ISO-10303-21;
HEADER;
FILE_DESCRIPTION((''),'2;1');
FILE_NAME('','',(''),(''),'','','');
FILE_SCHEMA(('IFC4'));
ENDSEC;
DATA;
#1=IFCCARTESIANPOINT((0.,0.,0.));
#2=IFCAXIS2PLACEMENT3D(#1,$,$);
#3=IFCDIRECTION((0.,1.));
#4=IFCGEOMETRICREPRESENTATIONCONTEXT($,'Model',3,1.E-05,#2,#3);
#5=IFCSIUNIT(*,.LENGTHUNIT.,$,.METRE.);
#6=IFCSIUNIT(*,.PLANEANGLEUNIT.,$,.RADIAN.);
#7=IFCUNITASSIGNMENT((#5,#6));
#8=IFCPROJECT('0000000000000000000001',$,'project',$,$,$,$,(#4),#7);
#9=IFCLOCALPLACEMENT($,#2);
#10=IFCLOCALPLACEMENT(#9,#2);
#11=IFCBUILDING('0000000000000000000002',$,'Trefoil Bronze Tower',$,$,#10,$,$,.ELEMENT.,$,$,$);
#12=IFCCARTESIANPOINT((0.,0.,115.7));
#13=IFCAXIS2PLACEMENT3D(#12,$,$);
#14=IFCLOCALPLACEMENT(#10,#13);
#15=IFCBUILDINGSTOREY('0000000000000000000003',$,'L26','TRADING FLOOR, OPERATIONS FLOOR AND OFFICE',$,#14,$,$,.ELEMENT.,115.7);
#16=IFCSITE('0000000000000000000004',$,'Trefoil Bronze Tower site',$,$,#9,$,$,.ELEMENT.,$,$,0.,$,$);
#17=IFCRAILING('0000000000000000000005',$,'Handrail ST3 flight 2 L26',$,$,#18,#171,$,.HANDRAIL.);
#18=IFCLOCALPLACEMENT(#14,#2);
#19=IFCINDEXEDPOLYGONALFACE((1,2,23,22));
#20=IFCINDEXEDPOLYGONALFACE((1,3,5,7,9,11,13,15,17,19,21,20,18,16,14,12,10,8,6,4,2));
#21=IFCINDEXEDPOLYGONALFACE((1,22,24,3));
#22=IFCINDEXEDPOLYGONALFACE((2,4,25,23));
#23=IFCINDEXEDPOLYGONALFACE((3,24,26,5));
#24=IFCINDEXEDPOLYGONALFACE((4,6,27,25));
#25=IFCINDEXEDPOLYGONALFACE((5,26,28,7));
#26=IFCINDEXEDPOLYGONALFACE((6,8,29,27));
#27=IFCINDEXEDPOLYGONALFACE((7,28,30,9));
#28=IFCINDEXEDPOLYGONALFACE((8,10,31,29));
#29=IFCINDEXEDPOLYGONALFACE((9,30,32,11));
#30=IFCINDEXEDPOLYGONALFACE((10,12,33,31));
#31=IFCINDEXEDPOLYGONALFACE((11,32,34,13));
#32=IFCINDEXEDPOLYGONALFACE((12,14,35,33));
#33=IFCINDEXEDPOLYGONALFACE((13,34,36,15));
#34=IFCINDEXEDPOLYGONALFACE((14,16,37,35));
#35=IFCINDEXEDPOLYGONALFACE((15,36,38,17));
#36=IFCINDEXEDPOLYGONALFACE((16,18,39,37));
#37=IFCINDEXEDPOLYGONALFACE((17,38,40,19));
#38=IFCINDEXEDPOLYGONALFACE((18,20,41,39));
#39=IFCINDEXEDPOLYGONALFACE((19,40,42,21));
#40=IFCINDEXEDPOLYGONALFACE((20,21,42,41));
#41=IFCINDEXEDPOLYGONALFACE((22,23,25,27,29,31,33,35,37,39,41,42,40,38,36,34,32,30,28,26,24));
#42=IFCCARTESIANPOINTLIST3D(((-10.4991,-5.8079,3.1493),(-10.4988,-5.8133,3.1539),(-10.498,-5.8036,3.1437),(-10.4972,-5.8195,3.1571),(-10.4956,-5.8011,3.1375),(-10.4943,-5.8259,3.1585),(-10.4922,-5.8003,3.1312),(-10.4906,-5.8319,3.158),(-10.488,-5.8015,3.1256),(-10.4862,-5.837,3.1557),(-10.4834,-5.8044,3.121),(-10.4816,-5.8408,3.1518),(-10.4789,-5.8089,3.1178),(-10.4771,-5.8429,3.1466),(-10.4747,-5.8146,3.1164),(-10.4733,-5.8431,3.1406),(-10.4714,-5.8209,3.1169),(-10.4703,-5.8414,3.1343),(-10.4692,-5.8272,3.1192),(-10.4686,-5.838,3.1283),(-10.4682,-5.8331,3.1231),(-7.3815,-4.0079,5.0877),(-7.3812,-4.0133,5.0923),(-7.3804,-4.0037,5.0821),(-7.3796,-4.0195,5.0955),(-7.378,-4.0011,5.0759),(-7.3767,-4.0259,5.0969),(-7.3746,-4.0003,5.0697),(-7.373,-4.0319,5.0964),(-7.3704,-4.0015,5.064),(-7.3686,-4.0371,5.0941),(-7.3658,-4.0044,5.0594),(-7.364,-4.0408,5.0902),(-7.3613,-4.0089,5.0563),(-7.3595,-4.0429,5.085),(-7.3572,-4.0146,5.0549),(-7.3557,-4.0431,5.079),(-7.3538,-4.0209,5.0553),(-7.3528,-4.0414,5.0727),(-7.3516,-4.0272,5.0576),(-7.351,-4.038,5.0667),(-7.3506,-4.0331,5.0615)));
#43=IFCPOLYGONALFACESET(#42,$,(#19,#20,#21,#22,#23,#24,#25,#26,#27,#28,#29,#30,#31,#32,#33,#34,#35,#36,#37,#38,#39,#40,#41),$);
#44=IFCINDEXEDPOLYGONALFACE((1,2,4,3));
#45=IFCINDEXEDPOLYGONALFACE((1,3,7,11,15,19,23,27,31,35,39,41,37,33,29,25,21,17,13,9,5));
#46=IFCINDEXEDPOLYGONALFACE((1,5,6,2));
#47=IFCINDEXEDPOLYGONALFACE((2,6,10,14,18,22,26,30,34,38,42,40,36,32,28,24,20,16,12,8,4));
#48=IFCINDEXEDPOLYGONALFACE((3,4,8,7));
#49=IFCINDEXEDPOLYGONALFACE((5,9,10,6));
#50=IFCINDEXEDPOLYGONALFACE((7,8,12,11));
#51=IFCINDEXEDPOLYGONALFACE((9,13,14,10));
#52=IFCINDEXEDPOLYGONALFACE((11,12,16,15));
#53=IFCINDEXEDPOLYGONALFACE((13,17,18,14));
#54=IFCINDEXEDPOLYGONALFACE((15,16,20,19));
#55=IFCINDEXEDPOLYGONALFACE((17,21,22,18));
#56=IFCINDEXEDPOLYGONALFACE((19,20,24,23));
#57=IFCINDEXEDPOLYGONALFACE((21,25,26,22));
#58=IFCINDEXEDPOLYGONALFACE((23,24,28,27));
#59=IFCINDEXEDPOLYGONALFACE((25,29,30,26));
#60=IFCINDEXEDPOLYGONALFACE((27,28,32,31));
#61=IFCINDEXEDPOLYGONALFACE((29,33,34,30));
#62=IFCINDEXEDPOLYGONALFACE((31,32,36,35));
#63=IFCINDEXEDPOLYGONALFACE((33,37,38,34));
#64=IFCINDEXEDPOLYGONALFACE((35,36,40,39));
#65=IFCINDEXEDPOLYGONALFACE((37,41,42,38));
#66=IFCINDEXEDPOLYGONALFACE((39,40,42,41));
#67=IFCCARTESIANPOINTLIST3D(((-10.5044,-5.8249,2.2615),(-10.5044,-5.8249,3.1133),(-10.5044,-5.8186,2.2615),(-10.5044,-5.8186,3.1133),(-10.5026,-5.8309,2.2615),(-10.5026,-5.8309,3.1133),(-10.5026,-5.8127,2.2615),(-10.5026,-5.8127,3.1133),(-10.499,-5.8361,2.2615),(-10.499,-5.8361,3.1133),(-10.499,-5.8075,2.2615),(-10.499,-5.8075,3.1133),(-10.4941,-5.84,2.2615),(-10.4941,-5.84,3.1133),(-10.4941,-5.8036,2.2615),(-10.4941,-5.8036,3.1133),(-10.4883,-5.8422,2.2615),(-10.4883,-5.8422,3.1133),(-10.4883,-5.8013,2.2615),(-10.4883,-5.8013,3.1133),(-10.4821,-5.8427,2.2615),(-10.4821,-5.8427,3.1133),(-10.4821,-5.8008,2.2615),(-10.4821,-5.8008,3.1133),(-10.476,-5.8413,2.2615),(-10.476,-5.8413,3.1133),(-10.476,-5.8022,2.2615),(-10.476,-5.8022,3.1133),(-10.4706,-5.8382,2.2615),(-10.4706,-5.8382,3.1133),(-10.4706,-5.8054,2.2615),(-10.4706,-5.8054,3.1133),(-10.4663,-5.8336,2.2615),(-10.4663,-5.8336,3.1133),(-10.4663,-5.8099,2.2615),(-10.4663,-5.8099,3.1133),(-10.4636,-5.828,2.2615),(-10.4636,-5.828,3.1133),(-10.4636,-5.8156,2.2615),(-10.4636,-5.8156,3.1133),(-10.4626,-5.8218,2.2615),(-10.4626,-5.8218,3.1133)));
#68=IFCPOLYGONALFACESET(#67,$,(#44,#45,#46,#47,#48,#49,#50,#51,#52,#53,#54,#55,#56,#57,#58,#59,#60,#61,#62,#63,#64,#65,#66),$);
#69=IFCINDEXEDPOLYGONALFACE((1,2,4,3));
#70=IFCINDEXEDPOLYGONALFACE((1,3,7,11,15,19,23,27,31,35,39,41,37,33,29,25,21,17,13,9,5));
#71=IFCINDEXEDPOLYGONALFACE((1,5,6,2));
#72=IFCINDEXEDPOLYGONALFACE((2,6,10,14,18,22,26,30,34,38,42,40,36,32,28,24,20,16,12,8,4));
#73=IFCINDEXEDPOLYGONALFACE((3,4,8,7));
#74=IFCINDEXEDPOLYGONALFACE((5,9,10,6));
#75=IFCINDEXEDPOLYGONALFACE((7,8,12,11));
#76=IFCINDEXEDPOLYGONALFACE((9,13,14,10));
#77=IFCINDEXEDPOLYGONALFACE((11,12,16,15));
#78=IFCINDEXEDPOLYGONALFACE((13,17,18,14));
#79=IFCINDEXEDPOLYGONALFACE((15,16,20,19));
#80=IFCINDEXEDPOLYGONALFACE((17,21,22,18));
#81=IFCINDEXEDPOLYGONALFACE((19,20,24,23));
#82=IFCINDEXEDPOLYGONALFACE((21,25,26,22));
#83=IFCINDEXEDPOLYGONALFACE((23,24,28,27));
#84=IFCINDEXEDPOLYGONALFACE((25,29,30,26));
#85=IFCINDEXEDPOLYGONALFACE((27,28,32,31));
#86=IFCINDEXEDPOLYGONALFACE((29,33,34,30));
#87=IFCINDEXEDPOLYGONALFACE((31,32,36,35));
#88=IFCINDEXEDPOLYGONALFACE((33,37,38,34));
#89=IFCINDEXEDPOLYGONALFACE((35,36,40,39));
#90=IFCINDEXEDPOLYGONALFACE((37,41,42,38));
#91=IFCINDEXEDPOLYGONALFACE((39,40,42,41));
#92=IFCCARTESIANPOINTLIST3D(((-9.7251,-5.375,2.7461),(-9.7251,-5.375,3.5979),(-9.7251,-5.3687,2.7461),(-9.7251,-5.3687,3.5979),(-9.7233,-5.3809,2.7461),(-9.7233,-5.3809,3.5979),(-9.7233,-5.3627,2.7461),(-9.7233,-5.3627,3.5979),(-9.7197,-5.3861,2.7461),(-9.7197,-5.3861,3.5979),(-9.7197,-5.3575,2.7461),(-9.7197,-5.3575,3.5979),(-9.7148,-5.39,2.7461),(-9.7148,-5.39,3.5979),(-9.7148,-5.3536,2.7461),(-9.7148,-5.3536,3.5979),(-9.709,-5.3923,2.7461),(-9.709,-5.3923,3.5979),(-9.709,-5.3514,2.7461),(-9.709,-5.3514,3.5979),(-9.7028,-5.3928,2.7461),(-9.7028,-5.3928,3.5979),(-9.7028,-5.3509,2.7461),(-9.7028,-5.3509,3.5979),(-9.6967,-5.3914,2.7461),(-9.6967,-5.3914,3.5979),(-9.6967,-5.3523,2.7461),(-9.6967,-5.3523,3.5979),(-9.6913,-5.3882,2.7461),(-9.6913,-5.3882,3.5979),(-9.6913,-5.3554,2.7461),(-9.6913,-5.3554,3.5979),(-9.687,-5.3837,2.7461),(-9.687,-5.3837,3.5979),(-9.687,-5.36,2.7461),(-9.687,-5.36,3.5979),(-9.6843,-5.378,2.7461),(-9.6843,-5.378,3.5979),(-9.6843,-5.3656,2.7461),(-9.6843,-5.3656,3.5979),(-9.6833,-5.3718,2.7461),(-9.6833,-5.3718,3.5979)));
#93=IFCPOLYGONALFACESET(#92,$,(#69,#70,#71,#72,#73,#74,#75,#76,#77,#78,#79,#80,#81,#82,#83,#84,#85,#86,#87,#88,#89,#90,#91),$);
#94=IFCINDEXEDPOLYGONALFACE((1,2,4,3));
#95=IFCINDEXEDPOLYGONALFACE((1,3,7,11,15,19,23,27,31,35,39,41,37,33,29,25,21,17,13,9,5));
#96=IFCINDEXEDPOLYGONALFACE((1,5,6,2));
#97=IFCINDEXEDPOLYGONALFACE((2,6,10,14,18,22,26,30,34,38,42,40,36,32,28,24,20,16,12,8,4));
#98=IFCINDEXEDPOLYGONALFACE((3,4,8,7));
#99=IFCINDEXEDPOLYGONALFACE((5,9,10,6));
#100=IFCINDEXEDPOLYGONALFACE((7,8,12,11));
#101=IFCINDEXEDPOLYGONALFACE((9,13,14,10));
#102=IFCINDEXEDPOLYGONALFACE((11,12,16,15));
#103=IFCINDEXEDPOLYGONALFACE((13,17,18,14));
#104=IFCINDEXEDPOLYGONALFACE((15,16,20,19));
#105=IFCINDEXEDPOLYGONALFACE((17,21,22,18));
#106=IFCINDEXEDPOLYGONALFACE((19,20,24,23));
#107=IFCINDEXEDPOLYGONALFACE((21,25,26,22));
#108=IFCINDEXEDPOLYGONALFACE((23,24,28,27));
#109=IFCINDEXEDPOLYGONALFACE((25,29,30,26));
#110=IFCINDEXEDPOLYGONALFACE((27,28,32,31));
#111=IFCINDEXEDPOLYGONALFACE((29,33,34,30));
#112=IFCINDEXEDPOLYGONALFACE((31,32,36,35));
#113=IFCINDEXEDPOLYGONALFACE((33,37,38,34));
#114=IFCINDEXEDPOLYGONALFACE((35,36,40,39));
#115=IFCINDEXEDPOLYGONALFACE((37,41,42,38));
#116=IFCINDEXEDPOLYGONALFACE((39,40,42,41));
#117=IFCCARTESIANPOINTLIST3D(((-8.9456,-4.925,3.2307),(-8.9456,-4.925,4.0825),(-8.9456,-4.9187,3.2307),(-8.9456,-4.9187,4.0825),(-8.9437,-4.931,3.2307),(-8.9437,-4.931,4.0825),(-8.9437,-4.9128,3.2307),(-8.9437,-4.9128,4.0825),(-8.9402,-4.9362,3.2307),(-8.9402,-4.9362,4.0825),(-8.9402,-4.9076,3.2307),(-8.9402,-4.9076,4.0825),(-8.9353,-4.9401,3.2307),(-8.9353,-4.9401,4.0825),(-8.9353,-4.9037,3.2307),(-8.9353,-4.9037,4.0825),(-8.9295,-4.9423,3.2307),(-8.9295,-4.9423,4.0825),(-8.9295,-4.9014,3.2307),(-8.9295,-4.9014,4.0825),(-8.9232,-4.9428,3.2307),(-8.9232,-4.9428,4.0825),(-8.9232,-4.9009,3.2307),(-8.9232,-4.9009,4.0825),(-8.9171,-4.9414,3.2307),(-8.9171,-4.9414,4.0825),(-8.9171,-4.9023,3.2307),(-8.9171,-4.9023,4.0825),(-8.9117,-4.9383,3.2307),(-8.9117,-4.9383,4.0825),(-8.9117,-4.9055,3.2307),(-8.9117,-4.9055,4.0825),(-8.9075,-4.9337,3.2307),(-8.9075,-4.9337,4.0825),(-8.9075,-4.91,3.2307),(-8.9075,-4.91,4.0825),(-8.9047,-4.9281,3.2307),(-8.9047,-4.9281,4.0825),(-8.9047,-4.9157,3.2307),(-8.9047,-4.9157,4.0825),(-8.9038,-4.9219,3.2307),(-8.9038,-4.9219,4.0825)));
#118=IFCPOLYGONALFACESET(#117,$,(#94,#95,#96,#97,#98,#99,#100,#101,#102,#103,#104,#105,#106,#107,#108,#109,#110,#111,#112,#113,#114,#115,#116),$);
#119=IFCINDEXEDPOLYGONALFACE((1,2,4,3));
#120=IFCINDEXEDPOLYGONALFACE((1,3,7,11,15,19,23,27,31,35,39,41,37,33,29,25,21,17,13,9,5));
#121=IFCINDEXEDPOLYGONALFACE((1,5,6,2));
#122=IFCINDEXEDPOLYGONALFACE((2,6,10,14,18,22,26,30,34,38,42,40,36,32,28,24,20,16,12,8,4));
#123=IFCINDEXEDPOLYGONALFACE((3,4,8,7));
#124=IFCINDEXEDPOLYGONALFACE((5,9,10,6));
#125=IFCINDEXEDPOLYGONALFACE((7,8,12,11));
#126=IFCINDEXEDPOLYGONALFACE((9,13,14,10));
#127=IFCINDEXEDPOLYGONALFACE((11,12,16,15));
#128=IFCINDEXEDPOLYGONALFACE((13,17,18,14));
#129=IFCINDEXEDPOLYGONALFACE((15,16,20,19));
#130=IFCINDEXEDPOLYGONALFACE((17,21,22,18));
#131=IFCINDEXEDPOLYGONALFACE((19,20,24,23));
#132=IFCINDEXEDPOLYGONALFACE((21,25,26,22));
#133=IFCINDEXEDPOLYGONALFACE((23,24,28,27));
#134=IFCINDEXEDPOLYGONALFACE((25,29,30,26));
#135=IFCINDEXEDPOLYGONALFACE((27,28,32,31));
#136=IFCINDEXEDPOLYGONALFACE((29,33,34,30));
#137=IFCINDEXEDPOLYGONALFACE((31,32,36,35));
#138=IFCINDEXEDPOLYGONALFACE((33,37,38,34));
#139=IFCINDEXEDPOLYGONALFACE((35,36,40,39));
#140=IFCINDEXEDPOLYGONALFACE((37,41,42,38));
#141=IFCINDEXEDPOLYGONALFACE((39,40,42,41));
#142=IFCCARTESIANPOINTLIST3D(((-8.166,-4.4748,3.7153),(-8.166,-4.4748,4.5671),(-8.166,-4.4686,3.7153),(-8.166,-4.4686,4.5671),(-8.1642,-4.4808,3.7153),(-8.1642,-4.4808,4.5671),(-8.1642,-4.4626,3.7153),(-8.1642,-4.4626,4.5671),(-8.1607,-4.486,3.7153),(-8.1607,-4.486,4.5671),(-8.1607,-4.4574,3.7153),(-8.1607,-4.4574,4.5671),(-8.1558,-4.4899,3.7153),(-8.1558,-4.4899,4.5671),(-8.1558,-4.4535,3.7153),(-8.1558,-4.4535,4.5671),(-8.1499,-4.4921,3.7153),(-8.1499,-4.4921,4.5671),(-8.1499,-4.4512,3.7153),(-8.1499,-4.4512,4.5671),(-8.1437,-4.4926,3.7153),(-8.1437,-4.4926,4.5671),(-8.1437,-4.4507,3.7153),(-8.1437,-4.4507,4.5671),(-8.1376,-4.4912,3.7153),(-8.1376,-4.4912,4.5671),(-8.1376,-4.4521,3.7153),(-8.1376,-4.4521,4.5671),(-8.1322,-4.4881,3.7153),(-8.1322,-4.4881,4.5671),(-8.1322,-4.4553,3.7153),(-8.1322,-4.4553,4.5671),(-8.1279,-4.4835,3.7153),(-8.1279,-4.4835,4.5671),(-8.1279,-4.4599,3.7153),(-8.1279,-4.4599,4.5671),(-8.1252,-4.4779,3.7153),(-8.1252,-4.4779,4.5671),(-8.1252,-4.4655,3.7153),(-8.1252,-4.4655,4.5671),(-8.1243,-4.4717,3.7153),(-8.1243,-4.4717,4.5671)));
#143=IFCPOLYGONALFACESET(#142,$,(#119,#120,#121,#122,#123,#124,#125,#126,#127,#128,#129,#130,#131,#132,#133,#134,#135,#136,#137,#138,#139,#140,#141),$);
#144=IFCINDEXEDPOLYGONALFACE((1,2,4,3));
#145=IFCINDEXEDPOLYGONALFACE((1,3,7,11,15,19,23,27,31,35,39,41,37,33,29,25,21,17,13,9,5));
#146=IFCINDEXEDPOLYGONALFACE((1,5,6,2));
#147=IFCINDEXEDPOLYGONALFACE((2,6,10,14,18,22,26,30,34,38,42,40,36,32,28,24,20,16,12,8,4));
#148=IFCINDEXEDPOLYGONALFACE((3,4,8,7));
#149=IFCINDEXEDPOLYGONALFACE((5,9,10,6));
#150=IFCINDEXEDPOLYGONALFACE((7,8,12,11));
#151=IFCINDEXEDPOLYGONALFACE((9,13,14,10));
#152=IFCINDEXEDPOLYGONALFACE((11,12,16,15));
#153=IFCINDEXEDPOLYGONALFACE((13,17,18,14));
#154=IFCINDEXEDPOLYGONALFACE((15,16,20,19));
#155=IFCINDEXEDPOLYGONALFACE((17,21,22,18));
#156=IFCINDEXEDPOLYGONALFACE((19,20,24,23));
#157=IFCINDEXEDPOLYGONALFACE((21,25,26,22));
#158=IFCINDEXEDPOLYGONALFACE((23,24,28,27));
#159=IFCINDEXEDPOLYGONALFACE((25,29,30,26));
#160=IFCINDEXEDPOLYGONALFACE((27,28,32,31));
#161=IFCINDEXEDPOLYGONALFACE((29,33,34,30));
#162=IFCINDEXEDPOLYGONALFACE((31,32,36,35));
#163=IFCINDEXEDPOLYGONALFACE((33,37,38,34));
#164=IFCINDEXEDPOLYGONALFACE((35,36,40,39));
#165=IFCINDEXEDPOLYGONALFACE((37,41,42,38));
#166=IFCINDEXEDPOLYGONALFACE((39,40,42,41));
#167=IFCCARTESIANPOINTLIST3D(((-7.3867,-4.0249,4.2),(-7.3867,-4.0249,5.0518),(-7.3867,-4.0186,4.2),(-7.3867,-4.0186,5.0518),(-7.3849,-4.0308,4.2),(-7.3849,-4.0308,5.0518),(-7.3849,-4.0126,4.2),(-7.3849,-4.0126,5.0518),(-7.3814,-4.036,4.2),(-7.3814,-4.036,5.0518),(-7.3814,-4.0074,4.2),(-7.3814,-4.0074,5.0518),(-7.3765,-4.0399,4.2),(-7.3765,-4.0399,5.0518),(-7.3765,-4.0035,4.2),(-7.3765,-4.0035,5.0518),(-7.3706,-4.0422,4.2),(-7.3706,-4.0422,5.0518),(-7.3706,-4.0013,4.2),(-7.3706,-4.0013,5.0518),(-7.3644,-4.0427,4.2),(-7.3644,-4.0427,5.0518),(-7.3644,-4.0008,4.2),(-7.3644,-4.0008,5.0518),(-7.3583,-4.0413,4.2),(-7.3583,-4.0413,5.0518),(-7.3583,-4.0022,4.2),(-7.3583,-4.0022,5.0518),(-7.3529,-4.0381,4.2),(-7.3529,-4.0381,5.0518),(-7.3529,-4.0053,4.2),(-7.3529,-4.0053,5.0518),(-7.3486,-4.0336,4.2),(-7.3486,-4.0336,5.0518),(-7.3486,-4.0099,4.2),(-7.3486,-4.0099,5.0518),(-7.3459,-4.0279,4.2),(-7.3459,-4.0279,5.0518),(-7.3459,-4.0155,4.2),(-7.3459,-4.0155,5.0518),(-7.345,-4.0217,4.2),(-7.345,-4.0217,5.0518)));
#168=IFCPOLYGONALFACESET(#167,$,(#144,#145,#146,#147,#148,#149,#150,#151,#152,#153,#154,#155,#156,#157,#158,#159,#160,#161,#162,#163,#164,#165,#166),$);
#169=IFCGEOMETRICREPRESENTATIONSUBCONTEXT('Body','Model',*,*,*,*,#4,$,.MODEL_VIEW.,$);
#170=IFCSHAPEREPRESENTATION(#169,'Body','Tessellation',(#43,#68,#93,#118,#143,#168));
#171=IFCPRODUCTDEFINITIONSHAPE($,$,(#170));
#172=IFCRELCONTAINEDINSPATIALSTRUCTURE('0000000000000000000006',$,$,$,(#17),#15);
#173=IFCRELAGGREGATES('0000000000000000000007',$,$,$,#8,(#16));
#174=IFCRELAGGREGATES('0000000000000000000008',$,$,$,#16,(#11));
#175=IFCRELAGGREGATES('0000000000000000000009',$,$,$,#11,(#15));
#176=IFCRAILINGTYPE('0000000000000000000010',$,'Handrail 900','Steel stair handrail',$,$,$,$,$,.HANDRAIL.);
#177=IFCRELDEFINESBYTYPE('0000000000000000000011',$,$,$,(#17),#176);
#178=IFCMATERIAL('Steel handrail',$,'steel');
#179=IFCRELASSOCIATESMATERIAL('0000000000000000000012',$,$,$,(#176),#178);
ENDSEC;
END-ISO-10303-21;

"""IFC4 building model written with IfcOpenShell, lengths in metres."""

from ifc_helpers import new_model, si_unit, direction, frame, origin, origin_2d, place, context, subcontext, project, spatial, circle, extrude, material, type_object, element, save


model = new_model("IFC4")

# Units and contexts
model_context = context("Model", 3, precision=1e-05, world=origin(), true_north=direction((0.0, 1.0)))
body_context = subcontext(model_context, "Body", "Model", "MODEL_VIEW")
ifc_project = project(units=[si_unit("LENGTHUNIT", "METRE"), si_unit("PLANEANGLEUNIT", "RADIAN")], contexts=[model_context])

# Site, building, storey
site_placement = place(None, origin())
site = spatial("IfcSite", under=ifc_project, at=site_placement, Name="Trefoil Bronze Tower site", CompositionType="ELEMENT", RefElevation=0.0)
building_placement = place(site_placement, origin())
building = spatial("IfcBuilding", under=site, at=building_placement, Name="Trefoil Bronze Tower", CompositionType="ELEMENT")
storey_placement = place(building_placement, frame((0.0, 0.0, 115.7)))
storey = spatial("IfcBuildingStorey", under=building, at=storey_placement, Name="L26", Description="TRADING FLOOR, OPERATIONS FLOOR AND OFFICE", CompositionType="ELEMENT", Elevation=115.7)

# Railing
ifc_material_1 = material(Name="Steel handrail", Category="steel")
railing_type = type_object("IfcRailingType", Name="Handrail 900", Description="Steel stair handrail", PredefinedType="HANDRAIL", material=ifc_material_1)
railing_1_placement = place(storey_placement, frame((-10.4836, -5.8218, 2.2615)))
element("IfcRailing", 1, at=railing_1_placement, inside=storey, type_object=railing_type, Name="Handrail ST3 flight 2 L26", PredefinedType="HANDRAIL", context=body_context, shape_type="SweptSolid", body=[
    extrude(circle(Radius=0.0239, at=origin_2d()), frame((0.0, 0.0, 0.876), z_axis=(0.762503, 0.440246, 0.474102), x_axis=(-0.500012, 0.866018, 0.0)), (0.0, 0.0, 1.0), 4.0886),
    extrude(circle(Radius=0.021, at=origin_2d()), origin(), (0.0, 0.0, 1.0), 0.8518),
    extrude(circle(Radius=0.021, at=origin_2d()), frame((0.7793, 0.45, 0.4846)), (0.0, 0.0, 1.0), 0.8518),
    extrude(circle(Radius=0.021, at=origin_2d()), frame((1.5588, 0.8999, 0.9692)), (0.0, 0.0, 1.0), 0.8518),
    extrude(circle(Radius=0.021, at=origin_2d()), frame((2.3384, 1.3501, 1.4539)), (0.0, 0.0, 1.0), 0.8518),
    extrude(circle(Radius=0.021, at=origin_2d()), frame((3.1177, 1.8, 1.9385)), (0.0, 0.0, 1.0), 0.8518),
])

save(model, "model.ifc")
